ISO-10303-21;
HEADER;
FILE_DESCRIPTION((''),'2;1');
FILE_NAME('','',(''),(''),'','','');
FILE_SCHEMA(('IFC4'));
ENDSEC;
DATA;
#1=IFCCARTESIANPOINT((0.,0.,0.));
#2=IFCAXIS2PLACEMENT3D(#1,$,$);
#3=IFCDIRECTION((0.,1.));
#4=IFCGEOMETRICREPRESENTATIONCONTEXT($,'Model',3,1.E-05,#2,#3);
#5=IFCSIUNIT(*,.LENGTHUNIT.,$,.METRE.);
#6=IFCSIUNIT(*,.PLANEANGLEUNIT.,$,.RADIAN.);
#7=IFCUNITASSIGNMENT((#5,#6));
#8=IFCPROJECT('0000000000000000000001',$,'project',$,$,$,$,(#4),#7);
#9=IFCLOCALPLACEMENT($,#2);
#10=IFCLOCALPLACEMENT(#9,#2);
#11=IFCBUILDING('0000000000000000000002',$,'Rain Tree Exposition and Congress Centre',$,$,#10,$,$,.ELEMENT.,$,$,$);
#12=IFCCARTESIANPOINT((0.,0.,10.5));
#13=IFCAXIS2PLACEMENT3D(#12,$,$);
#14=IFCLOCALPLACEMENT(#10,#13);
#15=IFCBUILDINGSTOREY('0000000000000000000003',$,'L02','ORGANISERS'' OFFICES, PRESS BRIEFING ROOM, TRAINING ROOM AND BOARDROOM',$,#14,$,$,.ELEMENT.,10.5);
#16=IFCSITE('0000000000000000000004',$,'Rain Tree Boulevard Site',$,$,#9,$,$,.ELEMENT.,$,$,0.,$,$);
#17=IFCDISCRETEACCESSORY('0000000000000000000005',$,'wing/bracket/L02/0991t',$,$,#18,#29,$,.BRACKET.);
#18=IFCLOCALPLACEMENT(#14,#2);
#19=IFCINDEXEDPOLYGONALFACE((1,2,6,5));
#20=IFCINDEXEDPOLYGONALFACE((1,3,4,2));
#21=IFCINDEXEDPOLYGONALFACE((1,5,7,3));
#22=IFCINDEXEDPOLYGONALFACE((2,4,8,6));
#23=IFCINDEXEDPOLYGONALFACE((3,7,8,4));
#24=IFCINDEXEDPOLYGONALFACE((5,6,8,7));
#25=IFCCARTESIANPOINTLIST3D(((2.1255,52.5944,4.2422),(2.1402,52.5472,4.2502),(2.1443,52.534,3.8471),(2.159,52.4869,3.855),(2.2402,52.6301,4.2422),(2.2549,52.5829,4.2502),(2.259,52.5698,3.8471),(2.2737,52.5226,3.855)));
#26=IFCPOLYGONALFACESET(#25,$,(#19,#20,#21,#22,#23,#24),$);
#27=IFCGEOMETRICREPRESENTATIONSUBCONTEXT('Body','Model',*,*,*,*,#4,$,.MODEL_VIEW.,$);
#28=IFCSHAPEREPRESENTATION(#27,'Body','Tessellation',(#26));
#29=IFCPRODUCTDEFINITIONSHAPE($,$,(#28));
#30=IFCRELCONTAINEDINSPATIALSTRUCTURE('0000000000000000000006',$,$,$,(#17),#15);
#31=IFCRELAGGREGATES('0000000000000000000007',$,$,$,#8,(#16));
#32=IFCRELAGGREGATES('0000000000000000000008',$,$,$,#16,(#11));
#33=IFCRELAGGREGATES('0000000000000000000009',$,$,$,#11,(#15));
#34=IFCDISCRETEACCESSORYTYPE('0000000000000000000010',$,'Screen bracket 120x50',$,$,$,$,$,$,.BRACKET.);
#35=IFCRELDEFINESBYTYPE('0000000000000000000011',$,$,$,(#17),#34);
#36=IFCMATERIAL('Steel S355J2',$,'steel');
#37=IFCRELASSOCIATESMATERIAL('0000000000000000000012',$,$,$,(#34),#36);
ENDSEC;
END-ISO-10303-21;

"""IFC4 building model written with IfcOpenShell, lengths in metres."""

from ifc_helpers import new_model, si_unit, direction, frame, origin, origin_2d, place, context, subcontext, project, spatial, rectangle, extrude, material, material_profile, profile_set, type_object, element, save


model = new_model("IFC4")

# Units and contexts
model_context = context("Model", 3, precision=1e-05, world=origin(), true_north=direction((0.0, 1.0)))
body_context = subcontext(model_context, "Body", "Model", "MODEL_VIEW")
ifc_project = project(units=[si_unit("LENGTHUNIT", "METRE"), si_unit("PLANEANGLEUNIT", "RADIAN")], contexts=[model_context])

# Site, building, storey
site_placement = place(None, origin())
site = spatial("IfcSite", under=ifc_project, at=site_placement, Name="Rain Tree Boulevard Site", CompositionType="ELEMENT", RefElevation=0.0)
building_placement = place(site_placement, origin())
building = spatial("IfcBuilding", under=site, at=building_placement, Name="Rain Tree Exposition and Congress Centre", CompositionType="ELEMENT")
storey_placement = place(building_placement, frame((0.0, 0.0, 10.5)))
storey = spatial("IfcBuildingStorey", under=building, at=storey_placement, Name="L02", Description="ORGANISERS' OFFICES, PRESS BRIEFING ROOM, TRAINING ROOM AND BOARDROOM", CompositionType="ELEMENT", Elevation=10.5)

# Discrete accessory
ifc_material_1 = material(Name="Steel S355J2", Category="steel")
ifc_material_profile_1 = material_profile(ifc_material_1, rectangle(XDim=0.1201, YDim=0.05, at=origin_2d()), Name="Flat bar 120x50")
ifc_profile_set_1 = profile_set([ifc_material_profile_1], Name="Steel S355J2")
discrete_accessory_type = type_object("IfcDiscreteAccessoryType", Name="Screen bracket 120x50", PredefinedType="BRACKET", material=ifc_profile_set_1)
for number, where, z_axis, x_axis, name in (
    (1, (2.209, 52.5283, 3.8511), (-0.046993, 0.150743, 0.987456), (-0.954686, -0.297615, 0.0), "wing/bracket/L02/0991t"),
):
    element("IfcDiscreteAccessory", number, at=place(storey_placement, frame(where, z_axis=z_axis, x_axis=x_axis)), inside=storey, type_object=discrete_accessory_type, Name=name, PredefinedType="BRACKET", context=body_context, shape_type="SweptSolid", body=[
        extrude(rectangle(XDim=0.1201, YDim=0.05, at=origin_2d()), origin(), (0.0, 0.0, 1.0), 0.4001),
    ])

save(model, "model.ifc")
